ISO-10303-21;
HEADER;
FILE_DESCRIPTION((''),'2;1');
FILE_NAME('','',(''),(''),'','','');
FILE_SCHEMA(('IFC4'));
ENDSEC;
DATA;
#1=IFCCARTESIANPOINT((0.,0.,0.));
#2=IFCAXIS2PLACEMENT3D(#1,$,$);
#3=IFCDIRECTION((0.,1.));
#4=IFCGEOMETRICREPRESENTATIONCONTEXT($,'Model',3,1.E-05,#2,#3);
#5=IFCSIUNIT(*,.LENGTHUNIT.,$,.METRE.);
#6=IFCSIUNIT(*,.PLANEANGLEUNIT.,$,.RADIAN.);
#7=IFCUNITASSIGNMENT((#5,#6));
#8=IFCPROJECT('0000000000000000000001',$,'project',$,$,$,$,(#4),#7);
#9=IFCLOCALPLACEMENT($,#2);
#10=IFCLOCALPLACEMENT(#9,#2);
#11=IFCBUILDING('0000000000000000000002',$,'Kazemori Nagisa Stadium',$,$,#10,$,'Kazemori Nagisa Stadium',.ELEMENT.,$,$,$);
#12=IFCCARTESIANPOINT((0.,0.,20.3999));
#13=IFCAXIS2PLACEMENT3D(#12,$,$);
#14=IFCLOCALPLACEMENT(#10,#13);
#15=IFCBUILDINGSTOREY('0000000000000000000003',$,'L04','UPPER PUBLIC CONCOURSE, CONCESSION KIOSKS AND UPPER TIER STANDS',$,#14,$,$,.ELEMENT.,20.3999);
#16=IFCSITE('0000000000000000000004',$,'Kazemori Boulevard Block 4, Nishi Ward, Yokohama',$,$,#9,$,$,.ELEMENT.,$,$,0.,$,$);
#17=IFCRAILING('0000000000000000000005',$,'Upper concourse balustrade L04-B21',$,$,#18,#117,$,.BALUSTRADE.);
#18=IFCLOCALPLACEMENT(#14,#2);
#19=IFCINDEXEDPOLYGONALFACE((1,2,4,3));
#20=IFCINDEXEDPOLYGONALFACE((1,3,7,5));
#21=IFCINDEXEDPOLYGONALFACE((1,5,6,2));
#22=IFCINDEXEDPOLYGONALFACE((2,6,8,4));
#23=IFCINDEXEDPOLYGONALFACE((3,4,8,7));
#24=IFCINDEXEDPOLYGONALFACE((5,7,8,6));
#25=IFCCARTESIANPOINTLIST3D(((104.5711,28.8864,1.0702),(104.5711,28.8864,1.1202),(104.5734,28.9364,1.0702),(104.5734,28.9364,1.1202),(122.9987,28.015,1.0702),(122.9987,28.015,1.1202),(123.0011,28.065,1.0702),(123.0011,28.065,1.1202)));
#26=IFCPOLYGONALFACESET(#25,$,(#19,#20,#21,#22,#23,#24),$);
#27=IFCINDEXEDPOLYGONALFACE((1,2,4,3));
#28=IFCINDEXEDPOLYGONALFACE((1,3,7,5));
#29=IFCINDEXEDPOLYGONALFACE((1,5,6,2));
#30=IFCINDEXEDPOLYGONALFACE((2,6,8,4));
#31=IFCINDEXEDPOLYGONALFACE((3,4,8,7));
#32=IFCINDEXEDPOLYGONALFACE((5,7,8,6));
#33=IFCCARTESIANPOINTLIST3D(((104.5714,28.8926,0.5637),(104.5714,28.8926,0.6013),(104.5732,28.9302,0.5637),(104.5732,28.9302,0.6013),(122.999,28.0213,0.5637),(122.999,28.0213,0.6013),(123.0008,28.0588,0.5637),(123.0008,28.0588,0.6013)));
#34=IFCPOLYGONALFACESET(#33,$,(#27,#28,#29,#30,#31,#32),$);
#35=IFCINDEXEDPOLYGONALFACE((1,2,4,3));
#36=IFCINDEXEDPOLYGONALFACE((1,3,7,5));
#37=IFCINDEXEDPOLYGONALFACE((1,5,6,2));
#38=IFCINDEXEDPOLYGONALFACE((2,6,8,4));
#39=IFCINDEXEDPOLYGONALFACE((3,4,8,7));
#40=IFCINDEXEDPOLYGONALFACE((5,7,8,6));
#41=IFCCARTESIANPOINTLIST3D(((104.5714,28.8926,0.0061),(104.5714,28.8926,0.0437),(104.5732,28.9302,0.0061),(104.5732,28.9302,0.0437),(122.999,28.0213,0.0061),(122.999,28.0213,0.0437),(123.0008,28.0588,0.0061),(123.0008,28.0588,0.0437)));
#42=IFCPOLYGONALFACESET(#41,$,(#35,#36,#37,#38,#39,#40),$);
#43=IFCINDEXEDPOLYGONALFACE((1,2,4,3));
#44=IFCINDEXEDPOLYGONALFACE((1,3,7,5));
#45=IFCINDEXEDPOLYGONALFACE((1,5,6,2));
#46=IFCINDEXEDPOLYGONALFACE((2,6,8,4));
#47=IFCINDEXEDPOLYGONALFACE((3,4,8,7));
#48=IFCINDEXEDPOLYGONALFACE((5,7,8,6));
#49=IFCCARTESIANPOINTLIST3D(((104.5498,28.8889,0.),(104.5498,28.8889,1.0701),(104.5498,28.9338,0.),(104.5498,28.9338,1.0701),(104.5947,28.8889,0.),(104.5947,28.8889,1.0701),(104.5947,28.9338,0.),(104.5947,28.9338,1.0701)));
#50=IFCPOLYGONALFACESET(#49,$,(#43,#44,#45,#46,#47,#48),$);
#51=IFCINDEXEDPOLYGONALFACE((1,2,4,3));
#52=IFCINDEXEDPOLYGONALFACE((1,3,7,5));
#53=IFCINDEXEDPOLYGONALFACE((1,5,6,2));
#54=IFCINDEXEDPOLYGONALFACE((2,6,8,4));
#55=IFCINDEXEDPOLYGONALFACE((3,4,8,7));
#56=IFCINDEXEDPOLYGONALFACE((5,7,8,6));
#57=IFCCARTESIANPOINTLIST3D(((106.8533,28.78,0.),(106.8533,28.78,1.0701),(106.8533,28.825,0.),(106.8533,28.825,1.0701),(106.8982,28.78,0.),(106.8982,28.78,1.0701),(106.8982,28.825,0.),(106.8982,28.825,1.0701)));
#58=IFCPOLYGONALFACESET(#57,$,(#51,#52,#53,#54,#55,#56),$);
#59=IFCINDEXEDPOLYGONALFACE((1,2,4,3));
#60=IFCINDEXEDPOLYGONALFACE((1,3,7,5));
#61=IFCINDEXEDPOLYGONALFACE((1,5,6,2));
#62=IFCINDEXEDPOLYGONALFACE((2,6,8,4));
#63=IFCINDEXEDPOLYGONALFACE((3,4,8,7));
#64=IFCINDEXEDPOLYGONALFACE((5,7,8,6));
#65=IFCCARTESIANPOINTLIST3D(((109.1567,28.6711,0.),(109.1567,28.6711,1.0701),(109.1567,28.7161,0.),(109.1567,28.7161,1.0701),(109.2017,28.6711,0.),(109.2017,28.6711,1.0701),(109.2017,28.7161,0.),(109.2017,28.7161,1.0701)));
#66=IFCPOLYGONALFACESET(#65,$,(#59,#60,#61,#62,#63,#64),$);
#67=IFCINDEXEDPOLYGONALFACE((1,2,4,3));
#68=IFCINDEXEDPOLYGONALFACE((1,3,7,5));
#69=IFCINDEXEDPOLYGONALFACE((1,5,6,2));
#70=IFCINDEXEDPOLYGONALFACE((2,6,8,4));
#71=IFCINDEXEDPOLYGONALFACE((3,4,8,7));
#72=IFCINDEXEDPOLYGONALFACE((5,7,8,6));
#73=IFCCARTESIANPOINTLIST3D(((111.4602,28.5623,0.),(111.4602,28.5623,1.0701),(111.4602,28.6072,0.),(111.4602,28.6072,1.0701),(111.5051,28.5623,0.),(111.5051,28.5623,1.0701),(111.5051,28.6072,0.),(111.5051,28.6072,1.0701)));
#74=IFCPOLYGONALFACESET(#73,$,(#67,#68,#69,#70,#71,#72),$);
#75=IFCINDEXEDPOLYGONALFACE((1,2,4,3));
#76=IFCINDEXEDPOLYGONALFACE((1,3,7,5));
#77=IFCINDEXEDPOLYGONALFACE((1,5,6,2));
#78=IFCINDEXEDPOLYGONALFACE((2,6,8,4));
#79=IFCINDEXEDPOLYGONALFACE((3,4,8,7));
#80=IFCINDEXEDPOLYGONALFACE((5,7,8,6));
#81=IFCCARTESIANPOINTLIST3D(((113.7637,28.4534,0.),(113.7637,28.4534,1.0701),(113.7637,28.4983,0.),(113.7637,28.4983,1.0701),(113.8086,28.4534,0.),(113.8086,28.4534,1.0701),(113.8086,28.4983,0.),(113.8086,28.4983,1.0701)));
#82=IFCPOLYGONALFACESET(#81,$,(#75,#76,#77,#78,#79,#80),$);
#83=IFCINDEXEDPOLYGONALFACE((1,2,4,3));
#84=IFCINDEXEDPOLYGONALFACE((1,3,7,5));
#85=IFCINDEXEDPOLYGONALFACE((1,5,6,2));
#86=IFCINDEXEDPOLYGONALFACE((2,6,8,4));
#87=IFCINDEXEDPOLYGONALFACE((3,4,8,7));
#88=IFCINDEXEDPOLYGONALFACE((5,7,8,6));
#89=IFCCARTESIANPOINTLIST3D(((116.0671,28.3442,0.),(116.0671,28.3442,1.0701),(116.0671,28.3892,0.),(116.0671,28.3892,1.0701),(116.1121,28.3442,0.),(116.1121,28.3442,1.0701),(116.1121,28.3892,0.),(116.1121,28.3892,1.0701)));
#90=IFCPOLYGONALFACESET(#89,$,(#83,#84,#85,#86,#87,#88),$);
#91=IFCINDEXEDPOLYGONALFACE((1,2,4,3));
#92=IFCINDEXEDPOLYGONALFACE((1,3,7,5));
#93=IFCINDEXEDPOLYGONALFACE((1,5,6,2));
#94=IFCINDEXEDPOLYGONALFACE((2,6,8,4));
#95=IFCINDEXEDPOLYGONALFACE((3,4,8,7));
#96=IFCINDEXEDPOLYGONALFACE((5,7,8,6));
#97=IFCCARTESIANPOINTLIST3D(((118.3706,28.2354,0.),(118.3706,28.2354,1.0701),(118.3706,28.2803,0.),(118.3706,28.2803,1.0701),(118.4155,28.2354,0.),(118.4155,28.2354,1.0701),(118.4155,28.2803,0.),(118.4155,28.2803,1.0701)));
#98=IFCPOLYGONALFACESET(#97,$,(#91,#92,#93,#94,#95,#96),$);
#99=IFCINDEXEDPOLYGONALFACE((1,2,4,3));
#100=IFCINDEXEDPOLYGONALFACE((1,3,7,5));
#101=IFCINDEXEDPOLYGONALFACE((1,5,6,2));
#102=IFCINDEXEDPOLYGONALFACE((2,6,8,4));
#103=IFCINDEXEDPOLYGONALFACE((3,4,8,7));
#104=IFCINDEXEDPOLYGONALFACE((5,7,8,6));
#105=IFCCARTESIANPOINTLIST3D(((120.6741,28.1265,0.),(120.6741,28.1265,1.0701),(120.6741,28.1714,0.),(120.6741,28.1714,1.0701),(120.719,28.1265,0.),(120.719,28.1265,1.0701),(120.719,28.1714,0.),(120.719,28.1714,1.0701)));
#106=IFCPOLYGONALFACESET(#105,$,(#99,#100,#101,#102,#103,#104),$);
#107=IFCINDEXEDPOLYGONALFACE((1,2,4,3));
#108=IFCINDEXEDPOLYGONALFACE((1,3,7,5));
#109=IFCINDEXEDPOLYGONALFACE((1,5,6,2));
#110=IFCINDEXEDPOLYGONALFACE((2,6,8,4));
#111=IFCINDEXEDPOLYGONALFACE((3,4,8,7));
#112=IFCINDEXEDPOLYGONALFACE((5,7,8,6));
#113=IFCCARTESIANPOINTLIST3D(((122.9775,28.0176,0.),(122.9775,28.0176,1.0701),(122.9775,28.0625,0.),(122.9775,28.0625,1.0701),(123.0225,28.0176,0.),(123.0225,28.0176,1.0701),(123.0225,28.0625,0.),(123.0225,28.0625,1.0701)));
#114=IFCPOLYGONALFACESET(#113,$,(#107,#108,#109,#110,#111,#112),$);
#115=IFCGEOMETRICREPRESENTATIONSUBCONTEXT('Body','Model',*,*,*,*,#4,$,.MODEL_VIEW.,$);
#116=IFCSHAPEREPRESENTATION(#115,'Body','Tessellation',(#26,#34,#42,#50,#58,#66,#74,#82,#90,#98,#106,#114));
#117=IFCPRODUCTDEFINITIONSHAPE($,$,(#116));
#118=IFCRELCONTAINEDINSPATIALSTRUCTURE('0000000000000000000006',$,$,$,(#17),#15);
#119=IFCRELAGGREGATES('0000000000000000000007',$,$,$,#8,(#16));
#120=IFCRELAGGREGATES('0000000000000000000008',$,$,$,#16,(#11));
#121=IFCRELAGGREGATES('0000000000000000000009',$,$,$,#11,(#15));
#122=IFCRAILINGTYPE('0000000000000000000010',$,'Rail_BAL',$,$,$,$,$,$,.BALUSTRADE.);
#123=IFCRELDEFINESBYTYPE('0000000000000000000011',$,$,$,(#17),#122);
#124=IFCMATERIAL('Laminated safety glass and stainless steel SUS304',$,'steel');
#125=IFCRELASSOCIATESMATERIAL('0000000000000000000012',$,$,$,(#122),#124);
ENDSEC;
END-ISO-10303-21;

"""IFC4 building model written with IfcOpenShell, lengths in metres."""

from ifc_helpers import new_model, si_unit, direction, frame, origin, origin_2d, place, context, subcontext, project, spatial, rectangle, extrude, material, type_object, element, save


model = new_model("IFC4")

# Units and contexts
model_context = context("Model", 3, precision=1e-05, world=origin(), true_north=direction((0.0, 1.0)))
body_context = subcontext(model_context, "Body", "Model", "MODEL_VIEW")
ifc_project = project(units=[si_unit("LENGTHUNIT", "METRE"), si_unit("PLANEANGLEUNIT", "RADIAN")], contexts=[model_context])

# Site, building, storey
site_placement = place(None, origin())
site = spatial("IfcSite", under=ifc_project, at=site_placement, Name="Kazemori Boulevard Block 4, Nishi Ward, Yokohama", CompositionType="ELEMENT", RefElevation=0.0)
building_placement = place(site_placement, origin())
building = spatial("IfcBuilding", under=site, at=building_placement, Name="Kazemori Nagisa Stadium", LongName="Kazemori Nagisa Stadium", CompositionType="ELEMENT")
storey_placement = place(building_placement, frame((0.0, 0.0, 20.3999)))
storey = spatial("IfcBuildingStorey", under=building, at=storey_placement, Name="L04", Description="UPPER PUBLIC CONCOURSE, CONCESSION KIOSKS AND UPPER TIER STANDS", CompositionType="ELEMENT", Elevation=20.3999)

# Railing
ifc_material_1 = material(Name="Laminated safety glass and stainless steel SUS304", Category="steel")
railing_type_1 = type_object("IfcRailingType", Name="Rail_BAL", PredefinedType="BALUSTRADE", material=ifc_material_1)
railing_1_placement = place(storey_placement, frame((104.5723, 28.9114, 0.0)))
element("IfcRailing", 1, at=railing_1_placement, inside=storey, type_object=railing_type_1, Name="Upper concourse balustrade L04-B21", PredefinedType="BALUSTRADE", context=body_context, shape_type="SweptSolid", body=[
    extrude(rectangle(XDim=0.05, YDim=0.05, at=origin_2d()), frame((0.0, 0.0, 1.0952), z_axis=(0.998884, -0.047231, 0.0), x_axis=(0.047231, 0.998884, 0.0)), (0.0, 0.0, 1.0), 18.4482),
    extrude(rectangle(XDim=0.0376, YDim=0.0376, at=origin_2d()), frame((0.0, 0.0, 0.5825), z_axis=(0.998884, -0.047231, 0.0), x_axis=(0.047231, 0.998884, 0.0)), (0.0, 0.0, 1.0), 18.4482),
    extrude(rectangle(XDim=0.0376, YDim=0.0376, at=origin_2d()), frame((0.0, 0.0, 0.0249), z_axis=(0.998884, -0.047231, 0.0), x_axis=(0.047231, 0.998884, 0.0)), (0.0, 0.0, 1.0), 18.4482),
    extrude(rectangle(XDim=0.0449, YDim=0.0449, at=origin_2d()), origin(), (0.0, 0.0, 1.0), 1.0701),
    extrude(rectangle(XDim=0.0449, YDim=0.0449, at=origin_2d()), frame((2.3035, -0.1089, 0.0)), (0.0, 0.0, 1.0), 1.0701),
    extrude(rectangle(XDim=0.0449, YDim=0.0449, at=origin_2d()), frame((4.6069, -0.2178, 0.0)), (0.0, 0.0, 1.0), 1.0701),
    extrude(rectangle(XDim=0.0449, YDim=0.0449, at=origin_2d()), frame((6.9104, -0.3267, 0.0)), (0.0, 0.0, 1.0), 1.0701),
    extrude(rectangle(XDim=0.0449, YDim=0.0449, at=origin_2d()), frame((9.2139, -0.4355, 0.0)), (0.0, 0.0, 1.0), 1.0701),
    extrude(rectangle(XDim=0.0449, YDim=0.0449, at=origin_2d()), frame((11.5173, -0.5447, 0.0)), (0.0, 0.0, 1.0), 1.0701),
    extrude(rectangle(XDim=0.0449, YDim=0.0449, at=origin_2d()), frame((13.8208, -0.6536, 0.0)), (0.0, 0.0, 1.0), 1.0701),
    extrude(rectangle(XDim=0.0449, YDim=0.0449, at=origin_2d()), frame((16.1243, -0.7625, 0.0)), (0.0, 0.0, 1.0), 1.0701),
    extrude(rectangle(XDim=0.0449, YDim=0.0449, at=origin_2d()), frame((18.4277, -0.8713, 0.0)), (0.0, 0.0, 1.0), 1.0701),
])

save(model, "model.ifc")
